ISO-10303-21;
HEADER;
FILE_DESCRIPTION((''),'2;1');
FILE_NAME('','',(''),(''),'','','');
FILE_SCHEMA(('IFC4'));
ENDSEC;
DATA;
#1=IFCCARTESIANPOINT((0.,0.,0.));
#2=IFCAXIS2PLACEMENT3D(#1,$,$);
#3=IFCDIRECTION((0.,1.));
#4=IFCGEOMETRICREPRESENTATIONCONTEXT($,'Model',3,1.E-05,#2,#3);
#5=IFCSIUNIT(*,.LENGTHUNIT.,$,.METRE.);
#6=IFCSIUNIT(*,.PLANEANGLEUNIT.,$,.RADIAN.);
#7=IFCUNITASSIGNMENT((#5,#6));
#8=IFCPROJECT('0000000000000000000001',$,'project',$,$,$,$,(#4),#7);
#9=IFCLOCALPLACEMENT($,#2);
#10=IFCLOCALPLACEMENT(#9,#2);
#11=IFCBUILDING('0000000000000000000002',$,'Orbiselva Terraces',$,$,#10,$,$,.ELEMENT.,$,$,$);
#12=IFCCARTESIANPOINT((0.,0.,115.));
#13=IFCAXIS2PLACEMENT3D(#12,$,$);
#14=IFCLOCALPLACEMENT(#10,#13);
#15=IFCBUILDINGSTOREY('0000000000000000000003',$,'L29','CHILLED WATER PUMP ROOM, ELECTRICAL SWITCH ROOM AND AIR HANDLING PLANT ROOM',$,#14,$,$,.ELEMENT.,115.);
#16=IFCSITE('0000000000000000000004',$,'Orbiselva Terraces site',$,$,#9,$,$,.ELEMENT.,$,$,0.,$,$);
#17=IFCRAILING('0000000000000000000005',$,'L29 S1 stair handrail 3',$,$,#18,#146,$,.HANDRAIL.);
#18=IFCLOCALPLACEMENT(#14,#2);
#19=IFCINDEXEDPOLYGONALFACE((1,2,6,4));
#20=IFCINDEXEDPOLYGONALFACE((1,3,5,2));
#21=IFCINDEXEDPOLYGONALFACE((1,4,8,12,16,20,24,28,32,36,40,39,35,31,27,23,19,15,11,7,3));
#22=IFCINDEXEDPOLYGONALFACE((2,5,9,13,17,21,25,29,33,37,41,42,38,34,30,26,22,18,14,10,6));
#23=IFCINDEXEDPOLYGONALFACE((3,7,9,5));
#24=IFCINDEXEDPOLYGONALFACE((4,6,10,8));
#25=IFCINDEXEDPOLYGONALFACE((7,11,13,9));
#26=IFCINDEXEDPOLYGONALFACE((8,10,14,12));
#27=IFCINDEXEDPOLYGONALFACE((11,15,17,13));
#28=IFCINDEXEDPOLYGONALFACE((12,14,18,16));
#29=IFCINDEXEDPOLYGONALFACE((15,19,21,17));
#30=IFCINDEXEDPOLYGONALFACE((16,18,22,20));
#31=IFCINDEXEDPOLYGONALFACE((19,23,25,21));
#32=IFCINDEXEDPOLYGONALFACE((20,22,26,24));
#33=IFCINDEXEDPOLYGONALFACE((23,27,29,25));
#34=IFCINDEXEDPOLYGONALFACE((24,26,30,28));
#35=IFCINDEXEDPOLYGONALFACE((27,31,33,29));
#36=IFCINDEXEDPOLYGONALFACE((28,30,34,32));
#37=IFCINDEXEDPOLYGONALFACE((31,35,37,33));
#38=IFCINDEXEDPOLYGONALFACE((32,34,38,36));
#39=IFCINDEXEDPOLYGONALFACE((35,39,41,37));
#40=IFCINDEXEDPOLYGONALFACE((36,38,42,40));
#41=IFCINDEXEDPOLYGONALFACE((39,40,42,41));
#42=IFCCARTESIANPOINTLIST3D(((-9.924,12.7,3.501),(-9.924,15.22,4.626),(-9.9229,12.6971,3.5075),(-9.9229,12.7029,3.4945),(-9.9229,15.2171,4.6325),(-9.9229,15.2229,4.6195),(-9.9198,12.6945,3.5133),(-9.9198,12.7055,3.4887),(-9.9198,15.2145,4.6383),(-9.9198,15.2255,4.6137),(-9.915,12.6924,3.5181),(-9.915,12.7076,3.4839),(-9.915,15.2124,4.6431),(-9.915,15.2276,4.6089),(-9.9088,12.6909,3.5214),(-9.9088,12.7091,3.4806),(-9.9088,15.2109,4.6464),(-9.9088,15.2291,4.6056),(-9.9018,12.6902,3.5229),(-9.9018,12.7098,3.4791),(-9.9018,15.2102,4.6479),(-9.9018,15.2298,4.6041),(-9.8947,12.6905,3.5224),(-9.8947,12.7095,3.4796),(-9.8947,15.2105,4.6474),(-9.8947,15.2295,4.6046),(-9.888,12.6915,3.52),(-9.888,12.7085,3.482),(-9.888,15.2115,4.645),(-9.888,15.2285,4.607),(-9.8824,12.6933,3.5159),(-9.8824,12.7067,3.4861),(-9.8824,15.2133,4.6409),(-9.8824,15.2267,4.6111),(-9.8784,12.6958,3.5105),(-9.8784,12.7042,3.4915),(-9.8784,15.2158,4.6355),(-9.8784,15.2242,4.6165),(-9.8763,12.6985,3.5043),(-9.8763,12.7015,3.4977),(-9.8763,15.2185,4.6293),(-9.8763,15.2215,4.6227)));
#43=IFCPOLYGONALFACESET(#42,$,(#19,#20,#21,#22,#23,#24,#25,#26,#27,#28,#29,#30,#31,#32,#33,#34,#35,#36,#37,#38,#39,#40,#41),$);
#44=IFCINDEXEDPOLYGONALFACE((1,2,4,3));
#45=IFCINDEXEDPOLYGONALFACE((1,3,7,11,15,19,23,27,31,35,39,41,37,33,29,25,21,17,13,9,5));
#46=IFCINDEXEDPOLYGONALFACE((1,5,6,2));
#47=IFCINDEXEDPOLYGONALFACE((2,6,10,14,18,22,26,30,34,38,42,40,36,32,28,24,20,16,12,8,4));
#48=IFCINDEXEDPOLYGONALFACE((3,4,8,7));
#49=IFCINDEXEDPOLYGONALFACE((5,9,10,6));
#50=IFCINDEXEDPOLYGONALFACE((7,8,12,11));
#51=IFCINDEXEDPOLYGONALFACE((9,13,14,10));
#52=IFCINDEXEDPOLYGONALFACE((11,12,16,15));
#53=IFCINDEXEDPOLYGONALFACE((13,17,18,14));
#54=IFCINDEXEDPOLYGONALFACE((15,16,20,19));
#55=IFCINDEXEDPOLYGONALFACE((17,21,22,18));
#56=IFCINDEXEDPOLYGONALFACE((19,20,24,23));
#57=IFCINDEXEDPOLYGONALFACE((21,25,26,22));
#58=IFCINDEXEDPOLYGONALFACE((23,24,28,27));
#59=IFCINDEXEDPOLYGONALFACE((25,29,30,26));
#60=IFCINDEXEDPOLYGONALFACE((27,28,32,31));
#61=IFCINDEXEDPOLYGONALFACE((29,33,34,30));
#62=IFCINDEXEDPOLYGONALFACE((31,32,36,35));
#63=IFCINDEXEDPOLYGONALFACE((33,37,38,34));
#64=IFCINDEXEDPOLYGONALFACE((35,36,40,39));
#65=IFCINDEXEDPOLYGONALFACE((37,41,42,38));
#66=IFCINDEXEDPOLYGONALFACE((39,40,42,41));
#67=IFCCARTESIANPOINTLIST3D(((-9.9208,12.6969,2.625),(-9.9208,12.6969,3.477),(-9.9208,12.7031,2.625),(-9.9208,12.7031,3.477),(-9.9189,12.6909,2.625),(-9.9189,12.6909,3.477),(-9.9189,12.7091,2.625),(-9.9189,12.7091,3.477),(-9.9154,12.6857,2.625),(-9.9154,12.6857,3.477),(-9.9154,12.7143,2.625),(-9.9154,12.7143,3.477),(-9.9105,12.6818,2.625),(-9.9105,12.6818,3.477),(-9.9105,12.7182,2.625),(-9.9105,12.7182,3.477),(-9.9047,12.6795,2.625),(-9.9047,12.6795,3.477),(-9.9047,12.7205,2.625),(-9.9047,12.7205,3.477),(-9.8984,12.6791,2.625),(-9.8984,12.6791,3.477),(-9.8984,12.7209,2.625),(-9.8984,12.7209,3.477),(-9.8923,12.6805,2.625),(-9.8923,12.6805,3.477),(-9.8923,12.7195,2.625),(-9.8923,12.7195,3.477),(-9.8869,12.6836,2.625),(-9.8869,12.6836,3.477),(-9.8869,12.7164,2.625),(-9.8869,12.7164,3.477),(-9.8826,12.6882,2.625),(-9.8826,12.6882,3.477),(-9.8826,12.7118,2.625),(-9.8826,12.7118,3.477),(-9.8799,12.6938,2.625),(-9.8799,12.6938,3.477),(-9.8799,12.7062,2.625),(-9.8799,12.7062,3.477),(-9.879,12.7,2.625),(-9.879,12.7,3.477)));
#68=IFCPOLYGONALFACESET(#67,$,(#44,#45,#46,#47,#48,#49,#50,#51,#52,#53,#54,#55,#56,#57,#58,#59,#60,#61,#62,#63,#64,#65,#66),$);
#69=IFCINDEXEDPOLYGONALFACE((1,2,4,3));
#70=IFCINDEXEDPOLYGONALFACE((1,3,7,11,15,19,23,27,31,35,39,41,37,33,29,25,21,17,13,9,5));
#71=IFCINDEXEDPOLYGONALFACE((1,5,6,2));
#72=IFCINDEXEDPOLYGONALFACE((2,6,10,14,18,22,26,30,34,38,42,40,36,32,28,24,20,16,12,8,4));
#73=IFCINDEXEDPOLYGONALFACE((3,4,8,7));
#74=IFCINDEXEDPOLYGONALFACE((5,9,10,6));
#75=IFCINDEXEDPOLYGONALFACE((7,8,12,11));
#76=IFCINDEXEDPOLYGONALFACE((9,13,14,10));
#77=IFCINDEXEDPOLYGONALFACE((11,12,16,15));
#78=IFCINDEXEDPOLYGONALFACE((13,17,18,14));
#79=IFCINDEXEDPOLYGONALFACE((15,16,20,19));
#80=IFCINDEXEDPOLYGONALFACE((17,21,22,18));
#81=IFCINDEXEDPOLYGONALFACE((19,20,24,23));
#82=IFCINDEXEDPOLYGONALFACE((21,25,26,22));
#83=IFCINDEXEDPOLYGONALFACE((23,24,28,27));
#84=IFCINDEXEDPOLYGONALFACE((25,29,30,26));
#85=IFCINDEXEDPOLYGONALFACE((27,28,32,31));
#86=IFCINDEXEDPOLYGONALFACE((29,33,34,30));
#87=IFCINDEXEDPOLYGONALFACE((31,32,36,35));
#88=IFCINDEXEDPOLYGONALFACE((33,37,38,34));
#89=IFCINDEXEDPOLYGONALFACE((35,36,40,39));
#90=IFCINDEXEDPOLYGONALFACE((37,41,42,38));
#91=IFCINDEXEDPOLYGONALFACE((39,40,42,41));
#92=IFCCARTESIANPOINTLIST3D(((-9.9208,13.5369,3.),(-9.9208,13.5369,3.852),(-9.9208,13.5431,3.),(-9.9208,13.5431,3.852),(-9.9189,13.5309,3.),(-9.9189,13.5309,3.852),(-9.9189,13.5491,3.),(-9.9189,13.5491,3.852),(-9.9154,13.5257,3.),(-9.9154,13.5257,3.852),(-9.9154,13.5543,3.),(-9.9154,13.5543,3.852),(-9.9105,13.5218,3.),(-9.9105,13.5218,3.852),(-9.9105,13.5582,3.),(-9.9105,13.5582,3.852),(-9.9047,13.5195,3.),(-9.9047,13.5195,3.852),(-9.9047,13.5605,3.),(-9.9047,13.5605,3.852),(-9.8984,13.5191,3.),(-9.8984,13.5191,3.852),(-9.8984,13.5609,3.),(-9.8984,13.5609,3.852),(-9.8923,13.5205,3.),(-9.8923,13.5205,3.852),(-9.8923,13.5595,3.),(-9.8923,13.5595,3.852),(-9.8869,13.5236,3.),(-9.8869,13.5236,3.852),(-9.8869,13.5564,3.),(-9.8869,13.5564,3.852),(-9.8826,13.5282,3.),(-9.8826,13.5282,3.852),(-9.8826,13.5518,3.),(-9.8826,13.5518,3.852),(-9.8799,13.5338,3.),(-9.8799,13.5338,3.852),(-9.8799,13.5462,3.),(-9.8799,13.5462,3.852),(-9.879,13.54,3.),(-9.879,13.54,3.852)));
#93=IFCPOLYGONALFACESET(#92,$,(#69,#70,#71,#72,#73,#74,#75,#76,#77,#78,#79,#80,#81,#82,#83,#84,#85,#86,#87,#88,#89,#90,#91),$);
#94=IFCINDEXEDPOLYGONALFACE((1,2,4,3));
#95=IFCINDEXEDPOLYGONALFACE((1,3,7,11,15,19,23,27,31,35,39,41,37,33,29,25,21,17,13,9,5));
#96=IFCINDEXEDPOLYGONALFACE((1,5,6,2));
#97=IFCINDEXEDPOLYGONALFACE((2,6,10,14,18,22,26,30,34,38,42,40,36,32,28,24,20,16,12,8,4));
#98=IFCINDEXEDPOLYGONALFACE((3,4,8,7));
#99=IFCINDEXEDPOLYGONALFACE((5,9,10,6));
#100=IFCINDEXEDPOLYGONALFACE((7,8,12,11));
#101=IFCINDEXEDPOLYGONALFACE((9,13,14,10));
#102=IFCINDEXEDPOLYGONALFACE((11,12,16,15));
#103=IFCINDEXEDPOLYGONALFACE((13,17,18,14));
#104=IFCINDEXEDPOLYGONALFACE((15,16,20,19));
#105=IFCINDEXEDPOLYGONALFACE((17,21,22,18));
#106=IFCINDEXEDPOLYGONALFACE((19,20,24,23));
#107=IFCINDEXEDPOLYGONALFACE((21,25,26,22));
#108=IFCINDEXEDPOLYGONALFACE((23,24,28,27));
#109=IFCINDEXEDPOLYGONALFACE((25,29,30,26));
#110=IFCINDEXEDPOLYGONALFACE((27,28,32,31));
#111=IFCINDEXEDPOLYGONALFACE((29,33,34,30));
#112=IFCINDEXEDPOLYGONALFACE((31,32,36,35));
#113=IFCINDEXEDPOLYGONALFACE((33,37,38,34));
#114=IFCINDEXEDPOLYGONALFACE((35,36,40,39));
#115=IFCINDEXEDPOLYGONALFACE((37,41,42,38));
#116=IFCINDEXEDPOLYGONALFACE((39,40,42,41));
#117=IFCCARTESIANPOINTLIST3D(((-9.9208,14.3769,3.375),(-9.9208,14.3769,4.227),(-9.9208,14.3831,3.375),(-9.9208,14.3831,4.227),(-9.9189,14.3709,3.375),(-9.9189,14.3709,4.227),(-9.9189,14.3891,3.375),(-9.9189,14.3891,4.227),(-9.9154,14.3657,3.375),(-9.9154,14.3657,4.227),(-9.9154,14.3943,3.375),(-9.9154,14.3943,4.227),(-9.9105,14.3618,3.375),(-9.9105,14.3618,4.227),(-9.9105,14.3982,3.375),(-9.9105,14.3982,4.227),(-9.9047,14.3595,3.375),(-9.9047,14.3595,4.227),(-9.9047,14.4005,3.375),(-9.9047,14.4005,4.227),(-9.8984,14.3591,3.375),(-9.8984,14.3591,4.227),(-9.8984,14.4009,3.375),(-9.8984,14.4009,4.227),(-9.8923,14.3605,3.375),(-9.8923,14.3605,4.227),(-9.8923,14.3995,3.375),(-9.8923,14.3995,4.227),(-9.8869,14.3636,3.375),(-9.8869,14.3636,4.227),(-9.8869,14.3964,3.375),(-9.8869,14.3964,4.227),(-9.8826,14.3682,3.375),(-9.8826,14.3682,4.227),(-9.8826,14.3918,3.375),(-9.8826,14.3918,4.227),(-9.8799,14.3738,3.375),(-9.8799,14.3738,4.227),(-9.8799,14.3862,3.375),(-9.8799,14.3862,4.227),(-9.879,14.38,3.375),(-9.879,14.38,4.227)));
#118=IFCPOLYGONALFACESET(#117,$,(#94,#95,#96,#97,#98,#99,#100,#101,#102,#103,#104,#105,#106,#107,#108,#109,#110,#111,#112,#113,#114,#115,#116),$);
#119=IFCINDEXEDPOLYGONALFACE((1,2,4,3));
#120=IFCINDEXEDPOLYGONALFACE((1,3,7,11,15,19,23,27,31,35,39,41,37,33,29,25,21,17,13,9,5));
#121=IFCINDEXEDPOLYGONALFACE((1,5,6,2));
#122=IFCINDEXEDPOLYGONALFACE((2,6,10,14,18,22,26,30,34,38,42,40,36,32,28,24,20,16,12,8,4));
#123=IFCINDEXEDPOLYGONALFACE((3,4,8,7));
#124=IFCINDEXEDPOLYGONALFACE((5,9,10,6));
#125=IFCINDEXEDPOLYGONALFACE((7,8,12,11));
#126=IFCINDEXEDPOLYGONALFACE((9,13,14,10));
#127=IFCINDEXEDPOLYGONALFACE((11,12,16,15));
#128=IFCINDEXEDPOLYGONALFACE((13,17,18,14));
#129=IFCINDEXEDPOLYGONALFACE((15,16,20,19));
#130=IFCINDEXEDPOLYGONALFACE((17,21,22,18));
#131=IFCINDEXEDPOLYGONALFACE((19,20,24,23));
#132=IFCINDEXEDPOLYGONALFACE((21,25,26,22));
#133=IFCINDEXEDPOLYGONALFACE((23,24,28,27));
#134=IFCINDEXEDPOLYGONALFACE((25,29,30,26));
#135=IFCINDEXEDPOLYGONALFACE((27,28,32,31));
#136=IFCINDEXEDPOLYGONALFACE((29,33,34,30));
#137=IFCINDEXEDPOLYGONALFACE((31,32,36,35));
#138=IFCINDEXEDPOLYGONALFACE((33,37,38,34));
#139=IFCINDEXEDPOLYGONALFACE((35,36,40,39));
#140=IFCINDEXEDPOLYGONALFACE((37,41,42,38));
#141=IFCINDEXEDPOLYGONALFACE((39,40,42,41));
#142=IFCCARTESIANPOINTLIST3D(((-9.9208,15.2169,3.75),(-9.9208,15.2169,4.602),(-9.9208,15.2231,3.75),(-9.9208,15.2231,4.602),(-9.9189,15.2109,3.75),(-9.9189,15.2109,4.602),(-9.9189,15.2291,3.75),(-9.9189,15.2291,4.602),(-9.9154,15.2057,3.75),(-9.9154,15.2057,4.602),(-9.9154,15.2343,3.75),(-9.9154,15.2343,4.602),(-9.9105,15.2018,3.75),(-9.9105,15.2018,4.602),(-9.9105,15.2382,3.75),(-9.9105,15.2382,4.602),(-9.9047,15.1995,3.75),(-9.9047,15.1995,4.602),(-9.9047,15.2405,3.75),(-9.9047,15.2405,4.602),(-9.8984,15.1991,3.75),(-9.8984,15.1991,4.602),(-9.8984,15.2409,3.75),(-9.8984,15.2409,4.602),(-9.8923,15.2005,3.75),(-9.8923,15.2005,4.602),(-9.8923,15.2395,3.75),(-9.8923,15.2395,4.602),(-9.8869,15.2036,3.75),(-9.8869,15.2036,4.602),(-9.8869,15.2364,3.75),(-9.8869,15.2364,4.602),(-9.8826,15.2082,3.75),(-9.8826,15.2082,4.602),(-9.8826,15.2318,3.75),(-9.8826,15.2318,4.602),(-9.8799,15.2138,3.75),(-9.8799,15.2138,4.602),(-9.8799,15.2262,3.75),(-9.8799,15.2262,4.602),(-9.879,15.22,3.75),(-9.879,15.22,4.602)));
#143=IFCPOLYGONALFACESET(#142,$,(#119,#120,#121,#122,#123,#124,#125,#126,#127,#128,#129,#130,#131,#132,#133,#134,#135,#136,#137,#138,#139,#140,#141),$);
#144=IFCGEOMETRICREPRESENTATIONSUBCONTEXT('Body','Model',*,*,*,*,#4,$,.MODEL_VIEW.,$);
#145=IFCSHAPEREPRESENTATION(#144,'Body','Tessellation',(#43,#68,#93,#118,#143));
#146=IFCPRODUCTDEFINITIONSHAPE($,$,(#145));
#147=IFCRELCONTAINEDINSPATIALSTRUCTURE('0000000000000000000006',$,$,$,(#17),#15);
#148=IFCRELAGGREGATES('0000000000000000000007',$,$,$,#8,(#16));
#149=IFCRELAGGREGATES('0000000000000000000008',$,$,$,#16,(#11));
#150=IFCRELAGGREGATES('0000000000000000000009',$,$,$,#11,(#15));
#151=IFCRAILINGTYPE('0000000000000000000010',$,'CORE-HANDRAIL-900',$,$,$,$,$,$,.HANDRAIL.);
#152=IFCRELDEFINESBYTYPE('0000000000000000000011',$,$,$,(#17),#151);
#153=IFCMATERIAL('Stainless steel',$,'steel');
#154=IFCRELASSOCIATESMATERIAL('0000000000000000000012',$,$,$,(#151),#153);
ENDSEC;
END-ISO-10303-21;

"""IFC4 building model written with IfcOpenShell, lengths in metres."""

from ifc_helpers import new_model, si_unit, direction, frame, origin, origin_2d, place, context, subcontext, project, spatial, circle, extrude, material, type_object, element, save


model = new_model("IFC4")

# Units and contexts
model_context = context("Model", 3, precision=1e-05, world=origin(), true_north=direction((0.0, 1.0)))
body_context = subcontext(model_context, "Body", "Model", "MODEL_VIEW")
ifc_project = project(units=[si_unit("LENGTHUNIT", "METRE"), si_unit("PLANEANGLEUNIT", "RADIAN")], contexts=[model_context])

# Site, building, storey
site_placement = place(None, origin())
site = spatial("IfcSite", under=ifc_project, at=site_placement, Name="Orbiselva Terraces site", CompositionType="ELEMENT", RefElevation=0.0)
building_placement = place(site_placement, origin())
building = spatial("IfcBuilding", under=site, at=building_placement, Name="Orbiselva Terraces", CompositionType="ELEMENT")
storey_placement = place(building_placement, frame((0.0, 0.0, 115.0)))
storey = spatial("IfcBuildingStorey", under=building, at=storey_placement, Name="L29", Description="CHILLED WATER PUMP ROOM, ELECTRICAL SWITCH ROOM AND AIR HANDLING PLANT ROOM", CompositionType="ELEMENT", Elevation=115.0)

# Railing
ifc_material_1 = material(Name="Stainless steel", Category="steel")
railing_type = type_object("IfcRailingType", Name="CORE-HANDRAIL-900", PredefinedType="HANDRAIL", material=ifc_material_1)
railing_1_placement = place(storey_placement, frame((-9.9, 12.7, 2.625)))
element("IfcRailing", 1, at=railing_1_placement, inside=storey, type_object=railing_type, Name="L29 S1 stair handrail 3", PredefinedType="HANDRAIL", context=body_context, shape_type="SweptSolid", body=[
    extrude(circle(Radius=0.024, at=origin_2d()), frame((0.0, 0.0, 0.876), z_axis=(0.0, 0.913138, 0.407651), x_axis=(-1.0, 0.0, 0.0)), (0.0, 0.0, 1.0), 2.7597),
    extrude(circle(Radius=0.021, at=origin_2d()), origin(), (0.0, 0.0, 1.0), 0.852),
    extrude(circle(Radius=0.021, at=origin_2d()), frame((0.0, 0.84, 0.375)), (0.0, 0.0, 1.0), 0.852),
    extrude(circle(Radius=0.021, at=origin_2d()), frame((0.0, 1.68, 0.75)), (0.0, 0.0, 1.0), 0.852),
    extrude(circle(Radius=0.021, at=origin_2d()), frame((0.0, 2.52, 1.125)), (0.0, 0.0, 1.0), 0.852),
])

save(model, "model.ifc")
